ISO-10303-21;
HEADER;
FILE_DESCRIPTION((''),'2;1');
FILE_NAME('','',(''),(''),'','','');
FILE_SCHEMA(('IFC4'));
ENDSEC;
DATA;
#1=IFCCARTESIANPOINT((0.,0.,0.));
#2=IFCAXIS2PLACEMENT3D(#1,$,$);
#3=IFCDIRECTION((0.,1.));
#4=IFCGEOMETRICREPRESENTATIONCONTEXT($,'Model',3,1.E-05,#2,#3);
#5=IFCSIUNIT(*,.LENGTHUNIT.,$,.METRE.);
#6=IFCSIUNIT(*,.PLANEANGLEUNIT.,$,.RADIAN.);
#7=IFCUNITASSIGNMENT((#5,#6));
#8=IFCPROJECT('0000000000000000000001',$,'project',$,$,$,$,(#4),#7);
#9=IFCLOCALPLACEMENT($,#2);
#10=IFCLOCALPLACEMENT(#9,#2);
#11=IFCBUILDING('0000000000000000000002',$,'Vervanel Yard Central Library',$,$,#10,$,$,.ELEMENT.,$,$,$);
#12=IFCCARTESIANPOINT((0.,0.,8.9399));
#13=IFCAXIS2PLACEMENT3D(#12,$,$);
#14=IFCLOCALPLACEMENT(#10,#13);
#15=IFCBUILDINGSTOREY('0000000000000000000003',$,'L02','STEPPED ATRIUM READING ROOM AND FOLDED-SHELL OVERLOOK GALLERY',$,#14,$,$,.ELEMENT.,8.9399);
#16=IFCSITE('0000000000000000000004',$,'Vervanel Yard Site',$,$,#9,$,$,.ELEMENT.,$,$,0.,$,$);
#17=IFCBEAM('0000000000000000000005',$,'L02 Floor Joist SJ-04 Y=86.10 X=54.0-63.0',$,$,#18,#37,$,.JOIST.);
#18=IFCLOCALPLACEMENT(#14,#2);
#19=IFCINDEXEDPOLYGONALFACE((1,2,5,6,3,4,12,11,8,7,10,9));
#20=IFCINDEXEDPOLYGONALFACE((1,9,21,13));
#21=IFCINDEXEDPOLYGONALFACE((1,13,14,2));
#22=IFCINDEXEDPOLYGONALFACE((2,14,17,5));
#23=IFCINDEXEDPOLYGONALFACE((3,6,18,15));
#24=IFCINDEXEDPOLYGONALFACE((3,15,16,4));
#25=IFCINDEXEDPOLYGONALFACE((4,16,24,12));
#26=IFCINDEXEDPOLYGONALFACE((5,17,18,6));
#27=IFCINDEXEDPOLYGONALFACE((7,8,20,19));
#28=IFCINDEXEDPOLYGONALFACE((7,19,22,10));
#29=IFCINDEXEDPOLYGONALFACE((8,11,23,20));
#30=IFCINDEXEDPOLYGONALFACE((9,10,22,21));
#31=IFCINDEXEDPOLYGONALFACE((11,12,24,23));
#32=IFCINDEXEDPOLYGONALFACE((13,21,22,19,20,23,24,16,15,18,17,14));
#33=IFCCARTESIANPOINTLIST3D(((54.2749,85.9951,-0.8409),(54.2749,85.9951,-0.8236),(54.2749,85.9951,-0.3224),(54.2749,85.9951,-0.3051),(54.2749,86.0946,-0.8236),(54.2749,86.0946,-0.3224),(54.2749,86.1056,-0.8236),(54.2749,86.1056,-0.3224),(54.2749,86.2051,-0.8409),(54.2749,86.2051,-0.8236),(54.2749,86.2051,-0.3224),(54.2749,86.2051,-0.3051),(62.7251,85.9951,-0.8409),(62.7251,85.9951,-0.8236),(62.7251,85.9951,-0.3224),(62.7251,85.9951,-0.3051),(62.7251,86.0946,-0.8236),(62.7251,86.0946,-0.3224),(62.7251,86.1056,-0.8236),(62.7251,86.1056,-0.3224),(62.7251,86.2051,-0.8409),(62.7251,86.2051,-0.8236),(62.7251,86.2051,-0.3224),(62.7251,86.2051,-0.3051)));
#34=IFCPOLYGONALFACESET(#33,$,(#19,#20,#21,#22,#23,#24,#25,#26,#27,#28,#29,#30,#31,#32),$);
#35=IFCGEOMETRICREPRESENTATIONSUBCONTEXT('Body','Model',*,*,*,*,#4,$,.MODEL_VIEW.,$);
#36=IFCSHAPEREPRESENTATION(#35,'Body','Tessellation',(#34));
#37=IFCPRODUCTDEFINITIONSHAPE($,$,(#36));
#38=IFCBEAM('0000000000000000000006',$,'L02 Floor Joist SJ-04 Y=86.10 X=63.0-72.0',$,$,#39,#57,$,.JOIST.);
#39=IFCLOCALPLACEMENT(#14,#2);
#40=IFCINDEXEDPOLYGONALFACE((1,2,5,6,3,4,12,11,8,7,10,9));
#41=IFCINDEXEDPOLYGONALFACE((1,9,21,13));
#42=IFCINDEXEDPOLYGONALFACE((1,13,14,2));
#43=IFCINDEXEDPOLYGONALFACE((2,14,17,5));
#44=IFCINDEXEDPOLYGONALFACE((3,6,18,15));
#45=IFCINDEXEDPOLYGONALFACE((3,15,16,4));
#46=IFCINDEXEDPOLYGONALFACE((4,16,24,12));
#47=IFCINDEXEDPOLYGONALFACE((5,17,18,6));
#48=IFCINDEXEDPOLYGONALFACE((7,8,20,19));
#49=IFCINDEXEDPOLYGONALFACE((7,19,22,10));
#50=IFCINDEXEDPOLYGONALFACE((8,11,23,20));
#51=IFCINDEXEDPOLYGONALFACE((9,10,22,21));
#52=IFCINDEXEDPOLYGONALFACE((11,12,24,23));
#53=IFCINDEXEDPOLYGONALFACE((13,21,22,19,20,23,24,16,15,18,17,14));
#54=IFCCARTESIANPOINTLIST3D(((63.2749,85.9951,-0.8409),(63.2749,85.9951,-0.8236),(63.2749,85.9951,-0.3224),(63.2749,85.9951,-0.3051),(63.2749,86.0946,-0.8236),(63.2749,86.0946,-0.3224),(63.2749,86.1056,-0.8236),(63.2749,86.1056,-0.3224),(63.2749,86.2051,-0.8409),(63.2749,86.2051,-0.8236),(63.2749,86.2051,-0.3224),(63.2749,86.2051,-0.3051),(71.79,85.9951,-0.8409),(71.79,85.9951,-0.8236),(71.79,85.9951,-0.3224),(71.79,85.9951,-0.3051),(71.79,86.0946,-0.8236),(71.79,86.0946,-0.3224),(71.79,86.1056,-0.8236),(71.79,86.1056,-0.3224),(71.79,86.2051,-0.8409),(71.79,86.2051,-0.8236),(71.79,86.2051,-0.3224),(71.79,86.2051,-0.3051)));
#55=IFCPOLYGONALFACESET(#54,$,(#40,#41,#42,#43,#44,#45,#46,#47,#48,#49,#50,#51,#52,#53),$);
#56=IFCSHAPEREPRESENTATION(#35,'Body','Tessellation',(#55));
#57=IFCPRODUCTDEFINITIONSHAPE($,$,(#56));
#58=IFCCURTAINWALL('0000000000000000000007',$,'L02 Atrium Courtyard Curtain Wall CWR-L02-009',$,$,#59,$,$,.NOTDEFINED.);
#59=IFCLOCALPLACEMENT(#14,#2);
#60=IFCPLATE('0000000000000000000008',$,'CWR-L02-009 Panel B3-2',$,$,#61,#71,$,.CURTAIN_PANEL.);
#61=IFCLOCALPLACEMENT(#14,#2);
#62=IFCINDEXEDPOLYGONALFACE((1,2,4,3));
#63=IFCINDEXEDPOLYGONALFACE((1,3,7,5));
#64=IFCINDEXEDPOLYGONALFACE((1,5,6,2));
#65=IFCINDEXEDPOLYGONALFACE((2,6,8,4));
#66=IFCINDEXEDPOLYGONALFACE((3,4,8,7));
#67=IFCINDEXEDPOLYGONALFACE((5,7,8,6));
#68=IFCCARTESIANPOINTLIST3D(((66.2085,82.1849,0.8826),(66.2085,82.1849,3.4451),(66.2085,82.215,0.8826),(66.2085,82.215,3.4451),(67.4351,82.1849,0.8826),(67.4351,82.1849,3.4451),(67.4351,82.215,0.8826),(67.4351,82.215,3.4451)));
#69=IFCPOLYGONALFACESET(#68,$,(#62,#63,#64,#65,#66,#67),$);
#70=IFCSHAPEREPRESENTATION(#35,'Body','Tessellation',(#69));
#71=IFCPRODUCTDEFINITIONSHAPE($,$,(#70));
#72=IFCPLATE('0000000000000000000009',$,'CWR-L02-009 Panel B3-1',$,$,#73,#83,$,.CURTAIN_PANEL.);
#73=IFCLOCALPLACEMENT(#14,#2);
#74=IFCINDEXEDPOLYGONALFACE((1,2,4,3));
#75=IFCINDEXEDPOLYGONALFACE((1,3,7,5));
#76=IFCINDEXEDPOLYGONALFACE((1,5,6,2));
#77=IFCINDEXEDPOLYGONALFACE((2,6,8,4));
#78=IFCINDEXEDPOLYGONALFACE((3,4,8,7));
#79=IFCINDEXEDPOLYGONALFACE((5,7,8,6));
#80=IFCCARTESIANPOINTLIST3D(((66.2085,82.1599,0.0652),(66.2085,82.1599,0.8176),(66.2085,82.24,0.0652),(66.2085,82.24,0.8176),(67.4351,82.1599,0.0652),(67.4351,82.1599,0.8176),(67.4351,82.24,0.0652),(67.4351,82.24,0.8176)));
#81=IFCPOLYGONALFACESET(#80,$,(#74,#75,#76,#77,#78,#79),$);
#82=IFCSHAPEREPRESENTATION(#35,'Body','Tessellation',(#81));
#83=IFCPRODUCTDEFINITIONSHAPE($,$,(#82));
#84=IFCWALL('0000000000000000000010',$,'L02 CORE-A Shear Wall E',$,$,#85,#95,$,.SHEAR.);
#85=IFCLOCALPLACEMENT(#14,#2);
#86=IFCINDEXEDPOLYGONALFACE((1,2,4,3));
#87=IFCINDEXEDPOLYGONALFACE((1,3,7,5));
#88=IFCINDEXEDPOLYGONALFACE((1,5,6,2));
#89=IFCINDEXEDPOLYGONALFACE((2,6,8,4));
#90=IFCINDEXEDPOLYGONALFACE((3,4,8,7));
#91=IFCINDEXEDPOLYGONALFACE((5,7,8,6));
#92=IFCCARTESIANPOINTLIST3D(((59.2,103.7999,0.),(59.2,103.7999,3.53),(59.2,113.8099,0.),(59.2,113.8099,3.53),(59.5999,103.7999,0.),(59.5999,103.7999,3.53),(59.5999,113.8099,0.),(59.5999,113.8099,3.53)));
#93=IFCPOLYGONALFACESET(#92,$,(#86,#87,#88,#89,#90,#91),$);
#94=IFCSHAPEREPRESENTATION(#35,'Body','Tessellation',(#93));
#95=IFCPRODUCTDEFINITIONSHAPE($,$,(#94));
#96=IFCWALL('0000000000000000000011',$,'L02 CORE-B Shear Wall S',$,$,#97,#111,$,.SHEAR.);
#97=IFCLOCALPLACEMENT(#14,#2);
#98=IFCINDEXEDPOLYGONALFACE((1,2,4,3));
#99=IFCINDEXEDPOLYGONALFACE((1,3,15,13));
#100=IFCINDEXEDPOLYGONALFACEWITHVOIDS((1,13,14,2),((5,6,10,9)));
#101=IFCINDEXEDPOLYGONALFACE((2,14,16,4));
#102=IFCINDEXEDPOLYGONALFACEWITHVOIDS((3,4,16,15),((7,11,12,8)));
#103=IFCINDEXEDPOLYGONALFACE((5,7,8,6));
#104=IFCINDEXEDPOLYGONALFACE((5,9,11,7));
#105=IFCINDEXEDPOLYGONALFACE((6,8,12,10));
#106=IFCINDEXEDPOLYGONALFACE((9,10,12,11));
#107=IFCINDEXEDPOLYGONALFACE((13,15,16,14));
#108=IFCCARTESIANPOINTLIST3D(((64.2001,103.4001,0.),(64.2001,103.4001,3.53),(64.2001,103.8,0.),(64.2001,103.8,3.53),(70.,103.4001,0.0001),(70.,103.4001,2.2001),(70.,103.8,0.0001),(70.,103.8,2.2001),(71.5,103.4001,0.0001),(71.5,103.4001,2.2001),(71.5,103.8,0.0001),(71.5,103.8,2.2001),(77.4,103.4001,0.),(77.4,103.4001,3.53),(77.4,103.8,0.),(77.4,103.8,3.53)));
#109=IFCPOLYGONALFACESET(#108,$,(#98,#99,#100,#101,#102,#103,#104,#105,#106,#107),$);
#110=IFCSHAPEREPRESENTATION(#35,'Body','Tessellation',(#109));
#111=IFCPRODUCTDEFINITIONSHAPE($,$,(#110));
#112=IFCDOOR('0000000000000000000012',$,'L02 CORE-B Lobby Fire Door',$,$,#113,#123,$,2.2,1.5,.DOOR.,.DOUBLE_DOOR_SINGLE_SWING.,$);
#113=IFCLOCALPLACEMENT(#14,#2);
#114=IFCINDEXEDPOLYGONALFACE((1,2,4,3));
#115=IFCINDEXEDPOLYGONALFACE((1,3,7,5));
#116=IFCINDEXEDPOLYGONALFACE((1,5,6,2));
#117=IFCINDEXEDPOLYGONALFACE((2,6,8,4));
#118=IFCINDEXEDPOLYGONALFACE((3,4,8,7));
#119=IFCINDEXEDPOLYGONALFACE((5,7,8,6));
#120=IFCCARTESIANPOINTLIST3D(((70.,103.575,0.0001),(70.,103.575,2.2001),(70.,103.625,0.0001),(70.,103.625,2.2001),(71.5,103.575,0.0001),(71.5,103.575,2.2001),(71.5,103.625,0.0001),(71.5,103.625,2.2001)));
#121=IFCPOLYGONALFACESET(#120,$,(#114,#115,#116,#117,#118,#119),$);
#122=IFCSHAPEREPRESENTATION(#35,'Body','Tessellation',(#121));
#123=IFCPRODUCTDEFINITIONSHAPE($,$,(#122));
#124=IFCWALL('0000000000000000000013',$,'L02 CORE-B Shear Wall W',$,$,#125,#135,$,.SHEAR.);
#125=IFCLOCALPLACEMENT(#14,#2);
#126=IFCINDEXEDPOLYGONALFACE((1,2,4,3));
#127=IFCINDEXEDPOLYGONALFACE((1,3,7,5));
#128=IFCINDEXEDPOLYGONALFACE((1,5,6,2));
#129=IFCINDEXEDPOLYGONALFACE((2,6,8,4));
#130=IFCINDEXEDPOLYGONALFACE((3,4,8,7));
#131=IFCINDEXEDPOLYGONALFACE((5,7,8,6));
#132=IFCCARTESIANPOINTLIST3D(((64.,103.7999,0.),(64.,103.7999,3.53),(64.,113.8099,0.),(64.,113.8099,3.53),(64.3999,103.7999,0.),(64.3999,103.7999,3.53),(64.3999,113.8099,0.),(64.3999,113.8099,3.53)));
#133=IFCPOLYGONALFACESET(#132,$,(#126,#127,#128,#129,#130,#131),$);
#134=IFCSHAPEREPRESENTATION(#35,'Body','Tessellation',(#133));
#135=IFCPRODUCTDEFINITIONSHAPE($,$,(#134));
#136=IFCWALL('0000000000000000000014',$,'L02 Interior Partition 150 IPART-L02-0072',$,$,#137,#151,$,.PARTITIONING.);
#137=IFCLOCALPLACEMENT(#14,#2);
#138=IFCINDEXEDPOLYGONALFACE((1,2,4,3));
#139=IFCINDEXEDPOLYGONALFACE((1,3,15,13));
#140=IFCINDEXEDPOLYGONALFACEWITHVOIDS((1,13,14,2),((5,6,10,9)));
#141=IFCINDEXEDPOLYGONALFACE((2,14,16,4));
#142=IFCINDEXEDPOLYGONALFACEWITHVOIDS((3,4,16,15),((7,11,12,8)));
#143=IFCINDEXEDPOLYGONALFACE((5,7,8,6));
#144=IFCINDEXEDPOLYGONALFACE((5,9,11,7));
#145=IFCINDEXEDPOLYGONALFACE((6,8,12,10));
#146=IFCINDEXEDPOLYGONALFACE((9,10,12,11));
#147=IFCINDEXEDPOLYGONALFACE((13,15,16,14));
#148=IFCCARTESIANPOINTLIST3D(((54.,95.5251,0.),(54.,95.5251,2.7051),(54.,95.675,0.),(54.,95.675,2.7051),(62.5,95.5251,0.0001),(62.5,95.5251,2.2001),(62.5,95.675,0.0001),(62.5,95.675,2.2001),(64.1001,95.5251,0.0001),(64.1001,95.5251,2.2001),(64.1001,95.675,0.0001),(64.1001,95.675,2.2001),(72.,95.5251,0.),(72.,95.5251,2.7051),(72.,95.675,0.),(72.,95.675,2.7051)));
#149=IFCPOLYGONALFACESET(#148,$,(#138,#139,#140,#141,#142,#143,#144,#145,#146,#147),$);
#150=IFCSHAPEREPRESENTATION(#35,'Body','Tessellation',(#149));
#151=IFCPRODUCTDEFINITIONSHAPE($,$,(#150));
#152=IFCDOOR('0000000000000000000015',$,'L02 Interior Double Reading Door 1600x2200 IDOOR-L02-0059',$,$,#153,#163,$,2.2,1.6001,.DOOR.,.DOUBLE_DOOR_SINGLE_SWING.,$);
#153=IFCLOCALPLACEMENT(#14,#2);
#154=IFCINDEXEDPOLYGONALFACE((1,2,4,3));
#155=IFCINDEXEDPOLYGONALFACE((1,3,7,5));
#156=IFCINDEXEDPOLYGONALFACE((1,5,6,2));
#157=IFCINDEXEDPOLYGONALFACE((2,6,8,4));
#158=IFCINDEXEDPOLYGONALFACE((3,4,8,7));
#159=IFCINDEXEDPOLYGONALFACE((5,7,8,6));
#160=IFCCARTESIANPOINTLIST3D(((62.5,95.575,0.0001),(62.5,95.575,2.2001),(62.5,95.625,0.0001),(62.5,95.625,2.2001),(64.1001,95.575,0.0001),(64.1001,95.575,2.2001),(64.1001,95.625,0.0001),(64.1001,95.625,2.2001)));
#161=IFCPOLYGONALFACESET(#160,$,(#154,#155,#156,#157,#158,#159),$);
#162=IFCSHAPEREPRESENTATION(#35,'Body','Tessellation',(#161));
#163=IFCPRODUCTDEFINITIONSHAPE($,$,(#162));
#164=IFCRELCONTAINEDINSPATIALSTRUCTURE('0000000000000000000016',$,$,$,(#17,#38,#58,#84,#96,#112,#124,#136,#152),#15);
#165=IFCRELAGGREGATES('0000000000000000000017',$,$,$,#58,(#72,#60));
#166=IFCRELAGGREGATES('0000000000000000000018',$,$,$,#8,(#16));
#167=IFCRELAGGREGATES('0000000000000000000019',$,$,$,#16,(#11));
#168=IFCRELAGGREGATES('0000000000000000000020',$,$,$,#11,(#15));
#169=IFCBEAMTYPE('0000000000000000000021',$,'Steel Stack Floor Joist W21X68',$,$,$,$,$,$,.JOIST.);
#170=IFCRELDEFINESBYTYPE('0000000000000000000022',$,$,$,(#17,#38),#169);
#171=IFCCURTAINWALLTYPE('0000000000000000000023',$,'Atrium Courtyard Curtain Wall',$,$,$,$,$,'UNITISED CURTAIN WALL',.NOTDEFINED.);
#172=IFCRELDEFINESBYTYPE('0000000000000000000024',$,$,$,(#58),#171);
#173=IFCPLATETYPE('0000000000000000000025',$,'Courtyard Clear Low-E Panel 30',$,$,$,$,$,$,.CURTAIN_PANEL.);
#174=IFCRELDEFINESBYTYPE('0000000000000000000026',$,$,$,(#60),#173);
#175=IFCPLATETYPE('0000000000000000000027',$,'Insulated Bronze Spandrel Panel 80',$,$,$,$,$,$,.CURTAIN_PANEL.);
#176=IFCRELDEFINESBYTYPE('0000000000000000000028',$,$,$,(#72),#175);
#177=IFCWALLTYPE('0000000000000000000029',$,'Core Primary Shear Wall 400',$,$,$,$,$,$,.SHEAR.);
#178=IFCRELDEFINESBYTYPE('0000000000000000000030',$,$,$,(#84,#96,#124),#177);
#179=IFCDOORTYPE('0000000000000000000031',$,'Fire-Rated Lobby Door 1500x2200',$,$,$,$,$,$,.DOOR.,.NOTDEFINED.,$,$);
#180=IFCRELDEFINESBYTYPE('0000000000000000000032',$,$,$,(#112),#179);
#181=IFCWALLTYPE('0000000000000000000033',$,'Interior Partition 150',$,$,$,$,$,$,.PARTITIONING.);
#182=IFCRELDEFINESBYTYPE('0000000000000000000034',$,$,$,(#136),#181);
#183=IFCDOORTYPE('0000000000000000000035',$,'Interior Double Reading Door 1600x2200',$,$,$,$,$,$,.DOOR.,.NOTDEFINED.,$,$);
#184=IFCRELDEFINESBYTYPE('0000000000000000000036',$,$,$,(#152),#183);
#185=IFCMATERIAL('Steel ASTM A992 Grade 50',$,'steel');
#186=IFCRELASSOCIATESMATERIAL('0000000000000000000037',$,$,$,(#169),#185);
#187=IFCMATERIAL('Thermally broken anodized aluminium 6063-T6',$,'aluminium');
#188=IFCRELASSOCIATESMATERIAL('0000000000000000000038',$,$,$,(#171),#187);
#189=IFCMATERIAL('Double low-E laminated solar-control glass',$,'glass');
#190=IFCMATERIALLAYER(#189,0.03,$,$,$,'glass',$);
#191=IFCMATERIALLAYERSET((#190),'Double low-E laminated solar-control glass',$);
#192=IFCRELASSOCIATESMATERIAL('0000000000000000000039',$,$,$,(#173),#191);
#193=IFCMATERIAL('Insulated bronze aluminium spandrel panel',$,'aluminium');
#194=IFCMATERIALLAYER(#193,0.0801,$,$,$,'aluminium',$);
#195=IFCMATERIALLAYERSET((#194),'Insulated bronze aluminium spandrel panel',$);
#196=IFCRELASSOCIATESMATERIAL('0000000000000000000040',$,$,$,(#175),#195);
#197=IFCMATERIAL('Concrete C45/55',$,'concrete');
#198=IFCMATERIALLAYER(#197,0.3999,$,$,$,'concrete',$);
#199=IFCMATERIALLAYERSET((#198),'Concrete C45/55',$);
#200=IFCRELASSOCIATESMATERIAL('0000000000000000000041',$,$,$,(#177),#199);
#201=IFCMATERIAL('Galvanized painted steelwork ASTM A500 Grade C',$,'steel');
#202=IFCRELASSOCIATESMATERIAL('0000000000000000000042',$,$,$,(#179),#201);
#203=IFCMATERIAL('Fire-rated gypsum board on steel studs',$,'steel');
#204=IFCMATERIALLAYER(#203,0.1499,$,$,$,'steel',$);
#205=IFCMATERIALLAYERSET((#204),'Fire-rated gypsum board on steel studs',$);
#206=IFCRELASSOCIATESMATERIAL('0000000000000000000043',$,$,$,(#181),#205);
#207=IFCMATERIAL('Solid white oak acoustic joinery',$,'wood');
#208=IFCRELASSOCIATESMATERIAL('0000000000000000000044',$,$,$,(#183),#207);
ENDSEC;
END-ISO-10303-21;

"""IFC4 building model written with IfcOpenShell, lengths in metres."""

from ifc_helpers import new_model, si_unit, direction, frame, frame_2d, origin, origin_2d, place, context, subcontext, project, spatial, rectangle, i_section, extrude, material, layer, layer_set, material_profile, profile_set, type_object, element, fill, aggregate, save


model = new_model("IFC4")

# Units and contexts
model_context = context("Model", 3, precision=1e-05, world=origin(), true_north=direction((0.0, 1.0)))
body_context = subcontext(model_context, "Body", "Model", "MODEL_VIEW")
ifc_project = project(units=[si_unit("LENGTHUNIT", "METRE"), si_unit("PLANEANGLEUNIT", "RADIAN")], contexts=[model_context])

# Site, building, storey
site_placement = place(None, origin())
site = spatial("IfcSite", under=ifc_project, at=site_placement, Name="Vervanel Yard Site", CompositionType="ELEMENT", RefElevation=0.0)
building_placement = place(site_placement, origin())
building = spatial("IfcBuilding", under=site, at=building_placement, Name="Vervanel Yard Central Library", CompositionType="ELEMENT")
storey_placement = place(building_placement, frame((0.0, 0.0, 8.9399)))
storey = spatial("IfcBuildingStorey", under=building, at=storey_placement, Name="L02", Description="STEPPED ATRIUM READING ROOM AND FOLDED-SHELL OVERLOOK GALLERY", CompositionType="ELEMENT", Elevation=8.9399)

# Beams
ifc_material_1 = material(Name="Concrete C45/55", Category="concrete")
ifc_material_2 = material(Name="Steel ASTM A992 Grade 50", Category="steel")
ifc_material_profile_1 = material_profile(ifc_material_2, i_section(OverallWidth=0.21, OverallDepth=0.5359, WebThickness=0.011, FlangeThickness=0.0173, at=origin_2d()), Name="W21X68", Category="steel")
ifc_profile_set_1 = profile_set([ifc_material_profile_1], Name="Steel ASTM A992 Grade 50")
beam_type_1 = type_object("IfcBeamType", Name="Steel Stack Floor Joist W21X68", PredefinedType="JOIST", material=ifc_profile_set_1)
beam_1_placement = place(storey_placement, frame((54.2749, 86.1001, -0.573), z_axis=(1.0, 0.0, 0.0), x_axis=(0.0, 1.0, 0.0)))
element("IfcBeam", 1, at=beam_1_placement, inside=storey, type_object=beam_type_1, Name="L02 Floor Joist SJ-04 Y=86.10 X=54.0-63.0", PredefinedType="JOIST", context=body_context, shape_type="SweptSolid", body=[
    extrude(i_section(OverallWidth=0.21, OverallDepth=0.5359, WebThickness=0.011, FlangeThickness=0.0173, at=origin_2d()), origin(), (0.0, 0.0, 1.0), 8.4502),
])
beam_2_placement = place(storey_placement, frame((63.2749, 86.1001, -0.573), z_axis=(1.0, 0.0, 0.0), x_axis=(0.0, 1.0, 0.0)))
element("IfcBeam", 2, at=beam_2_placement, inside=storey, type_object=beam_type_1, Name="L02 Floor Joist SJ-04 Y=86.10 X=63.0-72.0", PredefinedType="JOIST", context=body_context, shape_type="SweptSolid", body=[
    extrude(i_section(OverallWidth=0.21, OverallDepth=0.5359, WebThickness=0.011, FlangeThickness=0.0173, at=origin_2d()), origin(), (0.0, 0.0, 1.0), 8.5151),
])

# Curtain wall, plates
ifc_material_3 = material(Name="Thermally broken anodized aluminium 6063-T6", Category="aluminium")
curtain_wall_type = type_object("IfcCurtainWallType", Name="Atrium Courtyard Curtain Wall", ElementType="UNITISED CURTAIN WALL", PredefinedType="NOTDEFINED", material=ifc_material_3)
curtain_wall_placement = place(storey_placement, origin())
curtain_wall = element("IfcCurtainWall", 3, at=curtain_wall_placement, inside=storey, type_object=curtain_wall_type, Name="L02 Atrium Courtyard Curtain Wall CWR-L02-009", PredefinedType="NOTDEFINED")
ifc_material_4 = material(Name="Double low-E laminated solar-control glass", Category="glass")
ifc_layer_1 = layer(ifc_material_4, 0.03, Category="glass")
ifc_layer_set_1 = layer_set([ifc_layer_1], Name="Double low-E laminated solar-control glass")
plate_type_1 = type_object("IfcPlateType", Name="Courtyard Clear Low-E Panel 30", PredefinedType="CURTAIN_PANEL", material=ifc_layer_set_1)
plate_1_placement = place(storey_placement, frame((66.8218, 82.2, 0.8826), z_axis=(0.0, 0.0, 1.0), x_axis=(1.0, 0.0, 0.0)))
plate_1 = element("IfcPlate", 4, at=plate_1_placement, type_object=plate_type_1, Name="CWR-L02-009 Panel B3-2", PredefinedType="CURTAIN_PANEL", context=body_context, shape_type="SweptSolid", body=[
    extrude(rectangle(XDim=1.2266, YDim=0.03, at=origin_2d()), origin(), (0.0, 0.0, 1.0), 2.5625),
])
ifc_material_5 = material(Name="Insulated bronze aluminium spandrel panel", Category="aluminium")
ifc_layer_2 = layer(ifc_material_5, 0.0801, Category="aluminium")
ifc_layer_set_2 = layer_set([ifc_layer_2], Name="Insulated bronze aluminium spandrel panel")
plate_type_2 = type_object("IfcPlateType", Name="Insulated Bronze Spandrel Panel 80", PredefinedType="CURTAIN_PANEL", material=ifc_layer_set_2)
plate_2_placement = place(storey_placement, frame((66.8218, 82.2, 0.0652), z_axis=(0.0, 0.0, 1.0), x_axis=(1.0, 0.0, 0.0)))
plate_2 = element("IfcPlate", 5, at=plate_2_placement, type_object=plate_type_2, Name="CWR-L02-009 Panel B3-1", PredefinedType="CURTAIN_PANEL", context=body_context, shape_type="SweptSolid", body=[
    extrude(rectangle(XDim=1.2266, YDim=0.0801, at=origin_2d()), origin(), (0.0, 0.0, 1.0), 0.7524),
])
aggregate(curtain_wall, [plate_2, plate_1])

# Wall
ifc_layer_3 = layer(ifc_material_1, 0.3999, Category="concrete")
ifc_layer_set_3 = layer_set([ifc_layer_3], Name="Concrete C45/55")
wall_type_1 = type_object("IfcWallType", Name="Core Primary Shear Wall 400", PredefinedType="SHEAR", material=ifc_layer_set_3)
wall_1_placement = place(storey_placement, frame((59.3999, 103.8, 0.0), z_axis=(0.0, 0.0, 1.0), x_axis=(0.0, 1.0, 0.0)))
element("IfcWall", 6, at=wall_1_placement, inside=storey, type_object=wall_type_1, Name="L02 CORE-A Shear Wall E", PredefinedType="SHEAR", context=body_context, shape_type="SweptSolid", body=[
    extrude(rectangle(XDim=10.01, YDim=0.3999, at=frame_2d((5.0049, 0.0))), origin(), (0.0, 0.0, 1.0), 3.53),
])

# Wall, opening, door
wall_2_placement = place(storey_placement, frame((64.2, 103.6001, 0.0), z_axis=(0.0, 0.0, 1.0), x_axis=(1.0, 0.0, 0.0)))
wall_2 = element("IfcWall", 7, at=wall_2_placement, inside=storey, type_object=wall_type_1, Name="L02 CORE-B Shear Wall S", PredefinedType="SHEAR", context=body_context, shape_type="SweptSolid", body=[
    extrude(rectangle(XDim=13.2, YDim=0.3999, at=frame_2d((6.6001, 0.0))), origin(), (0.0, 0.0, 1.0), 3.53),
])
opening_1_placement = place(wall_2_placement, frame((5.8, 0.0, 0.0)))
opening_1 = element("IfcOpeningElement", 8, at=opening_1_placement, cuts=wall_2, PredefinedType="OPENING", context=body_context, shape_type="SweptSolid", body=[
    extrude(rectangle(XDim=1.5, YDim=2.2, at=frame_2d((0.75, 1.1001))), frame((0.0, 0.21, 0.0), z_axis=(0.0, -1.0, 0.0), x_axis=(1.0, 0.0, 0.0)), (0.0, 0.0, 1.0), 0.4199),
])
ifc_material_6 = material(Name="Galvanized painted steelwork ASTM A500 Grade C", Category="steel")
door_type_1 = type_object("IfcDoorType", Name="Fire-Rated Lobby Door 1500x2200", OperationType="NOTDEFINED", PredefinedType="DOOR", material=ifc_material_6)
door_1_placement = place(opening_1_placement, origin())
door_1 = element("IfcDoor", 9, at=door_1_placement, inside=storey, type_object=door_type_1, Name="L02 CORE-B Lobby Fire Door", OperationType="DOUBLE_DOOR_SINGLE_SWING", OverallHeight=2.2, OverallWidth=1.5, PredefinedType="DOOR", context=body_context, shape_type="SweptSolid", body=[
    extrude(rectangle(XDim=1.5, YDim=2.2, at=frame_2d((0.75, 1.1001))), frame((0.0, 0.0249, 0.0), z_axis=(0.0, -1.0, 0.0), x_axis=(1.0, 0.0, 0.0)), (0.0, 0.0, 1.0), 0.05),
])
fill(opening_1, door_1)

# Wall
wall_3_placement = place(storey_placement, frame((64.2, 103.8, 0.0), z_axis=(0.0, 0.0, 1.0), x_axis=(0.0, 1.0, 0.0)))
element("IfcWall", 10, at=wall_3_placement, inside=storey, type_object=wall_type_1, Name="L02 CORE-B Shear Wall W", PredefinedType="SHEAR", context=body_context, shape_type="SweptSolid", body=[
    extrude(rectangle(XDim=10.01, YDim=0.3999, at=frame_2d((5.0049, 0.0))), origin(), (0.0, 0.0, 1.0), 3.53),
])

# Wall, opening, door
ifc_material_7 = material(Name="Fire-rated gypsum board on steel studs", Category="steel")
ifc_layer_4 = layer(ifc_material_7, 0.1499, Category="steel")
ifc_layer_set_4 = layer_set([ifc_layer_4], Name="Fire-rated gypsum board on steel studs")
wall_type_2 = type_object("IfcWallType", Name="Interior Partition 150", PredefinedType="PARTITIONING", material=ifc_layer_set_4)
wall_4_placement = place(storey_placement, frame((54.0, 95.6001, 0.0), z_axis=(0.0, 0.0, 1.0), x_axis=(1.0, 0.0, 0.0)))
wall_4 = element("IfcWall", 11, at=wall_4_placement, inside=storey, type_object=wall_type_2, Name="L02 Interior Partition 150 IPART-L02-0072", PredefinedType="PARTITIONING", context=body_context, shape_type="SweptSolid", body=[
    extrude(rectangle(XDim=18.0, YDim=0.1499, at=frame_2d((9.0, 0.0))), origin(), (0.0, 0.0, 1.0), 2.7051),
])
opening_2_placement = place(wall_4_placement, frame((8.5, 0.0, 0.0)))
opening_2 = element("IfcOpeningElement", 12, at=opening_2_placement, cuts=wall_4, PredefinedType="OPENING", context=body_context, shape_type="SweptSolid", body=[
    extrude(rectangle(XDim=1.6001, YDim=2.2, at=frame_2d((0.8, 1.1001))), frame((0.0, 0.085, 0.0), z_axis=(0.0, -1.0, 0.0), x_axis=(1.0, 0.0, 0.0)), (0.0, 0.0, 1.0), 0.1699),
])
ifc_material_8 = material(Name="Solid white oak acoustic joinery", Category="wood")
door_type_2 = type_object("IfcDoorType", Name="Interior Double Reading Door 1600x2200", OperationType="NOTDEFINED", PredefinedType="DOOR", material=ifc_material_8)
door_2_placement = place(opening_2_placement, origin())
door_2 = element("IfcDoor", 13, at=door_2_placement, inside=storey, type_object=door_type_2, Name="L02 Interior Double Reading Door 1600x2200 IDOOR-L02-0059", OperationType="DOUBLE_DOOR_SINGLE_SWING", OverallHeight=2.2, OverallWidth=1.6001, PredefinedType="DOOR", context=body_context, shape_type="SweptSolid", body=[
    extrude(rectangle(XDim=1.6001, YDim=2.2, at=frame_2d((0.8, 1.1001))), frame((0.0, 0.0249, 0.0), z_axis=(0.0, -1.0, 0.0), x_axis=(1.0, 0.0, 0.0)), (0.0, 0.0, 1.0), 0.05),
])
fill(opening_2, door_2)

save(model, "model.ifc")
